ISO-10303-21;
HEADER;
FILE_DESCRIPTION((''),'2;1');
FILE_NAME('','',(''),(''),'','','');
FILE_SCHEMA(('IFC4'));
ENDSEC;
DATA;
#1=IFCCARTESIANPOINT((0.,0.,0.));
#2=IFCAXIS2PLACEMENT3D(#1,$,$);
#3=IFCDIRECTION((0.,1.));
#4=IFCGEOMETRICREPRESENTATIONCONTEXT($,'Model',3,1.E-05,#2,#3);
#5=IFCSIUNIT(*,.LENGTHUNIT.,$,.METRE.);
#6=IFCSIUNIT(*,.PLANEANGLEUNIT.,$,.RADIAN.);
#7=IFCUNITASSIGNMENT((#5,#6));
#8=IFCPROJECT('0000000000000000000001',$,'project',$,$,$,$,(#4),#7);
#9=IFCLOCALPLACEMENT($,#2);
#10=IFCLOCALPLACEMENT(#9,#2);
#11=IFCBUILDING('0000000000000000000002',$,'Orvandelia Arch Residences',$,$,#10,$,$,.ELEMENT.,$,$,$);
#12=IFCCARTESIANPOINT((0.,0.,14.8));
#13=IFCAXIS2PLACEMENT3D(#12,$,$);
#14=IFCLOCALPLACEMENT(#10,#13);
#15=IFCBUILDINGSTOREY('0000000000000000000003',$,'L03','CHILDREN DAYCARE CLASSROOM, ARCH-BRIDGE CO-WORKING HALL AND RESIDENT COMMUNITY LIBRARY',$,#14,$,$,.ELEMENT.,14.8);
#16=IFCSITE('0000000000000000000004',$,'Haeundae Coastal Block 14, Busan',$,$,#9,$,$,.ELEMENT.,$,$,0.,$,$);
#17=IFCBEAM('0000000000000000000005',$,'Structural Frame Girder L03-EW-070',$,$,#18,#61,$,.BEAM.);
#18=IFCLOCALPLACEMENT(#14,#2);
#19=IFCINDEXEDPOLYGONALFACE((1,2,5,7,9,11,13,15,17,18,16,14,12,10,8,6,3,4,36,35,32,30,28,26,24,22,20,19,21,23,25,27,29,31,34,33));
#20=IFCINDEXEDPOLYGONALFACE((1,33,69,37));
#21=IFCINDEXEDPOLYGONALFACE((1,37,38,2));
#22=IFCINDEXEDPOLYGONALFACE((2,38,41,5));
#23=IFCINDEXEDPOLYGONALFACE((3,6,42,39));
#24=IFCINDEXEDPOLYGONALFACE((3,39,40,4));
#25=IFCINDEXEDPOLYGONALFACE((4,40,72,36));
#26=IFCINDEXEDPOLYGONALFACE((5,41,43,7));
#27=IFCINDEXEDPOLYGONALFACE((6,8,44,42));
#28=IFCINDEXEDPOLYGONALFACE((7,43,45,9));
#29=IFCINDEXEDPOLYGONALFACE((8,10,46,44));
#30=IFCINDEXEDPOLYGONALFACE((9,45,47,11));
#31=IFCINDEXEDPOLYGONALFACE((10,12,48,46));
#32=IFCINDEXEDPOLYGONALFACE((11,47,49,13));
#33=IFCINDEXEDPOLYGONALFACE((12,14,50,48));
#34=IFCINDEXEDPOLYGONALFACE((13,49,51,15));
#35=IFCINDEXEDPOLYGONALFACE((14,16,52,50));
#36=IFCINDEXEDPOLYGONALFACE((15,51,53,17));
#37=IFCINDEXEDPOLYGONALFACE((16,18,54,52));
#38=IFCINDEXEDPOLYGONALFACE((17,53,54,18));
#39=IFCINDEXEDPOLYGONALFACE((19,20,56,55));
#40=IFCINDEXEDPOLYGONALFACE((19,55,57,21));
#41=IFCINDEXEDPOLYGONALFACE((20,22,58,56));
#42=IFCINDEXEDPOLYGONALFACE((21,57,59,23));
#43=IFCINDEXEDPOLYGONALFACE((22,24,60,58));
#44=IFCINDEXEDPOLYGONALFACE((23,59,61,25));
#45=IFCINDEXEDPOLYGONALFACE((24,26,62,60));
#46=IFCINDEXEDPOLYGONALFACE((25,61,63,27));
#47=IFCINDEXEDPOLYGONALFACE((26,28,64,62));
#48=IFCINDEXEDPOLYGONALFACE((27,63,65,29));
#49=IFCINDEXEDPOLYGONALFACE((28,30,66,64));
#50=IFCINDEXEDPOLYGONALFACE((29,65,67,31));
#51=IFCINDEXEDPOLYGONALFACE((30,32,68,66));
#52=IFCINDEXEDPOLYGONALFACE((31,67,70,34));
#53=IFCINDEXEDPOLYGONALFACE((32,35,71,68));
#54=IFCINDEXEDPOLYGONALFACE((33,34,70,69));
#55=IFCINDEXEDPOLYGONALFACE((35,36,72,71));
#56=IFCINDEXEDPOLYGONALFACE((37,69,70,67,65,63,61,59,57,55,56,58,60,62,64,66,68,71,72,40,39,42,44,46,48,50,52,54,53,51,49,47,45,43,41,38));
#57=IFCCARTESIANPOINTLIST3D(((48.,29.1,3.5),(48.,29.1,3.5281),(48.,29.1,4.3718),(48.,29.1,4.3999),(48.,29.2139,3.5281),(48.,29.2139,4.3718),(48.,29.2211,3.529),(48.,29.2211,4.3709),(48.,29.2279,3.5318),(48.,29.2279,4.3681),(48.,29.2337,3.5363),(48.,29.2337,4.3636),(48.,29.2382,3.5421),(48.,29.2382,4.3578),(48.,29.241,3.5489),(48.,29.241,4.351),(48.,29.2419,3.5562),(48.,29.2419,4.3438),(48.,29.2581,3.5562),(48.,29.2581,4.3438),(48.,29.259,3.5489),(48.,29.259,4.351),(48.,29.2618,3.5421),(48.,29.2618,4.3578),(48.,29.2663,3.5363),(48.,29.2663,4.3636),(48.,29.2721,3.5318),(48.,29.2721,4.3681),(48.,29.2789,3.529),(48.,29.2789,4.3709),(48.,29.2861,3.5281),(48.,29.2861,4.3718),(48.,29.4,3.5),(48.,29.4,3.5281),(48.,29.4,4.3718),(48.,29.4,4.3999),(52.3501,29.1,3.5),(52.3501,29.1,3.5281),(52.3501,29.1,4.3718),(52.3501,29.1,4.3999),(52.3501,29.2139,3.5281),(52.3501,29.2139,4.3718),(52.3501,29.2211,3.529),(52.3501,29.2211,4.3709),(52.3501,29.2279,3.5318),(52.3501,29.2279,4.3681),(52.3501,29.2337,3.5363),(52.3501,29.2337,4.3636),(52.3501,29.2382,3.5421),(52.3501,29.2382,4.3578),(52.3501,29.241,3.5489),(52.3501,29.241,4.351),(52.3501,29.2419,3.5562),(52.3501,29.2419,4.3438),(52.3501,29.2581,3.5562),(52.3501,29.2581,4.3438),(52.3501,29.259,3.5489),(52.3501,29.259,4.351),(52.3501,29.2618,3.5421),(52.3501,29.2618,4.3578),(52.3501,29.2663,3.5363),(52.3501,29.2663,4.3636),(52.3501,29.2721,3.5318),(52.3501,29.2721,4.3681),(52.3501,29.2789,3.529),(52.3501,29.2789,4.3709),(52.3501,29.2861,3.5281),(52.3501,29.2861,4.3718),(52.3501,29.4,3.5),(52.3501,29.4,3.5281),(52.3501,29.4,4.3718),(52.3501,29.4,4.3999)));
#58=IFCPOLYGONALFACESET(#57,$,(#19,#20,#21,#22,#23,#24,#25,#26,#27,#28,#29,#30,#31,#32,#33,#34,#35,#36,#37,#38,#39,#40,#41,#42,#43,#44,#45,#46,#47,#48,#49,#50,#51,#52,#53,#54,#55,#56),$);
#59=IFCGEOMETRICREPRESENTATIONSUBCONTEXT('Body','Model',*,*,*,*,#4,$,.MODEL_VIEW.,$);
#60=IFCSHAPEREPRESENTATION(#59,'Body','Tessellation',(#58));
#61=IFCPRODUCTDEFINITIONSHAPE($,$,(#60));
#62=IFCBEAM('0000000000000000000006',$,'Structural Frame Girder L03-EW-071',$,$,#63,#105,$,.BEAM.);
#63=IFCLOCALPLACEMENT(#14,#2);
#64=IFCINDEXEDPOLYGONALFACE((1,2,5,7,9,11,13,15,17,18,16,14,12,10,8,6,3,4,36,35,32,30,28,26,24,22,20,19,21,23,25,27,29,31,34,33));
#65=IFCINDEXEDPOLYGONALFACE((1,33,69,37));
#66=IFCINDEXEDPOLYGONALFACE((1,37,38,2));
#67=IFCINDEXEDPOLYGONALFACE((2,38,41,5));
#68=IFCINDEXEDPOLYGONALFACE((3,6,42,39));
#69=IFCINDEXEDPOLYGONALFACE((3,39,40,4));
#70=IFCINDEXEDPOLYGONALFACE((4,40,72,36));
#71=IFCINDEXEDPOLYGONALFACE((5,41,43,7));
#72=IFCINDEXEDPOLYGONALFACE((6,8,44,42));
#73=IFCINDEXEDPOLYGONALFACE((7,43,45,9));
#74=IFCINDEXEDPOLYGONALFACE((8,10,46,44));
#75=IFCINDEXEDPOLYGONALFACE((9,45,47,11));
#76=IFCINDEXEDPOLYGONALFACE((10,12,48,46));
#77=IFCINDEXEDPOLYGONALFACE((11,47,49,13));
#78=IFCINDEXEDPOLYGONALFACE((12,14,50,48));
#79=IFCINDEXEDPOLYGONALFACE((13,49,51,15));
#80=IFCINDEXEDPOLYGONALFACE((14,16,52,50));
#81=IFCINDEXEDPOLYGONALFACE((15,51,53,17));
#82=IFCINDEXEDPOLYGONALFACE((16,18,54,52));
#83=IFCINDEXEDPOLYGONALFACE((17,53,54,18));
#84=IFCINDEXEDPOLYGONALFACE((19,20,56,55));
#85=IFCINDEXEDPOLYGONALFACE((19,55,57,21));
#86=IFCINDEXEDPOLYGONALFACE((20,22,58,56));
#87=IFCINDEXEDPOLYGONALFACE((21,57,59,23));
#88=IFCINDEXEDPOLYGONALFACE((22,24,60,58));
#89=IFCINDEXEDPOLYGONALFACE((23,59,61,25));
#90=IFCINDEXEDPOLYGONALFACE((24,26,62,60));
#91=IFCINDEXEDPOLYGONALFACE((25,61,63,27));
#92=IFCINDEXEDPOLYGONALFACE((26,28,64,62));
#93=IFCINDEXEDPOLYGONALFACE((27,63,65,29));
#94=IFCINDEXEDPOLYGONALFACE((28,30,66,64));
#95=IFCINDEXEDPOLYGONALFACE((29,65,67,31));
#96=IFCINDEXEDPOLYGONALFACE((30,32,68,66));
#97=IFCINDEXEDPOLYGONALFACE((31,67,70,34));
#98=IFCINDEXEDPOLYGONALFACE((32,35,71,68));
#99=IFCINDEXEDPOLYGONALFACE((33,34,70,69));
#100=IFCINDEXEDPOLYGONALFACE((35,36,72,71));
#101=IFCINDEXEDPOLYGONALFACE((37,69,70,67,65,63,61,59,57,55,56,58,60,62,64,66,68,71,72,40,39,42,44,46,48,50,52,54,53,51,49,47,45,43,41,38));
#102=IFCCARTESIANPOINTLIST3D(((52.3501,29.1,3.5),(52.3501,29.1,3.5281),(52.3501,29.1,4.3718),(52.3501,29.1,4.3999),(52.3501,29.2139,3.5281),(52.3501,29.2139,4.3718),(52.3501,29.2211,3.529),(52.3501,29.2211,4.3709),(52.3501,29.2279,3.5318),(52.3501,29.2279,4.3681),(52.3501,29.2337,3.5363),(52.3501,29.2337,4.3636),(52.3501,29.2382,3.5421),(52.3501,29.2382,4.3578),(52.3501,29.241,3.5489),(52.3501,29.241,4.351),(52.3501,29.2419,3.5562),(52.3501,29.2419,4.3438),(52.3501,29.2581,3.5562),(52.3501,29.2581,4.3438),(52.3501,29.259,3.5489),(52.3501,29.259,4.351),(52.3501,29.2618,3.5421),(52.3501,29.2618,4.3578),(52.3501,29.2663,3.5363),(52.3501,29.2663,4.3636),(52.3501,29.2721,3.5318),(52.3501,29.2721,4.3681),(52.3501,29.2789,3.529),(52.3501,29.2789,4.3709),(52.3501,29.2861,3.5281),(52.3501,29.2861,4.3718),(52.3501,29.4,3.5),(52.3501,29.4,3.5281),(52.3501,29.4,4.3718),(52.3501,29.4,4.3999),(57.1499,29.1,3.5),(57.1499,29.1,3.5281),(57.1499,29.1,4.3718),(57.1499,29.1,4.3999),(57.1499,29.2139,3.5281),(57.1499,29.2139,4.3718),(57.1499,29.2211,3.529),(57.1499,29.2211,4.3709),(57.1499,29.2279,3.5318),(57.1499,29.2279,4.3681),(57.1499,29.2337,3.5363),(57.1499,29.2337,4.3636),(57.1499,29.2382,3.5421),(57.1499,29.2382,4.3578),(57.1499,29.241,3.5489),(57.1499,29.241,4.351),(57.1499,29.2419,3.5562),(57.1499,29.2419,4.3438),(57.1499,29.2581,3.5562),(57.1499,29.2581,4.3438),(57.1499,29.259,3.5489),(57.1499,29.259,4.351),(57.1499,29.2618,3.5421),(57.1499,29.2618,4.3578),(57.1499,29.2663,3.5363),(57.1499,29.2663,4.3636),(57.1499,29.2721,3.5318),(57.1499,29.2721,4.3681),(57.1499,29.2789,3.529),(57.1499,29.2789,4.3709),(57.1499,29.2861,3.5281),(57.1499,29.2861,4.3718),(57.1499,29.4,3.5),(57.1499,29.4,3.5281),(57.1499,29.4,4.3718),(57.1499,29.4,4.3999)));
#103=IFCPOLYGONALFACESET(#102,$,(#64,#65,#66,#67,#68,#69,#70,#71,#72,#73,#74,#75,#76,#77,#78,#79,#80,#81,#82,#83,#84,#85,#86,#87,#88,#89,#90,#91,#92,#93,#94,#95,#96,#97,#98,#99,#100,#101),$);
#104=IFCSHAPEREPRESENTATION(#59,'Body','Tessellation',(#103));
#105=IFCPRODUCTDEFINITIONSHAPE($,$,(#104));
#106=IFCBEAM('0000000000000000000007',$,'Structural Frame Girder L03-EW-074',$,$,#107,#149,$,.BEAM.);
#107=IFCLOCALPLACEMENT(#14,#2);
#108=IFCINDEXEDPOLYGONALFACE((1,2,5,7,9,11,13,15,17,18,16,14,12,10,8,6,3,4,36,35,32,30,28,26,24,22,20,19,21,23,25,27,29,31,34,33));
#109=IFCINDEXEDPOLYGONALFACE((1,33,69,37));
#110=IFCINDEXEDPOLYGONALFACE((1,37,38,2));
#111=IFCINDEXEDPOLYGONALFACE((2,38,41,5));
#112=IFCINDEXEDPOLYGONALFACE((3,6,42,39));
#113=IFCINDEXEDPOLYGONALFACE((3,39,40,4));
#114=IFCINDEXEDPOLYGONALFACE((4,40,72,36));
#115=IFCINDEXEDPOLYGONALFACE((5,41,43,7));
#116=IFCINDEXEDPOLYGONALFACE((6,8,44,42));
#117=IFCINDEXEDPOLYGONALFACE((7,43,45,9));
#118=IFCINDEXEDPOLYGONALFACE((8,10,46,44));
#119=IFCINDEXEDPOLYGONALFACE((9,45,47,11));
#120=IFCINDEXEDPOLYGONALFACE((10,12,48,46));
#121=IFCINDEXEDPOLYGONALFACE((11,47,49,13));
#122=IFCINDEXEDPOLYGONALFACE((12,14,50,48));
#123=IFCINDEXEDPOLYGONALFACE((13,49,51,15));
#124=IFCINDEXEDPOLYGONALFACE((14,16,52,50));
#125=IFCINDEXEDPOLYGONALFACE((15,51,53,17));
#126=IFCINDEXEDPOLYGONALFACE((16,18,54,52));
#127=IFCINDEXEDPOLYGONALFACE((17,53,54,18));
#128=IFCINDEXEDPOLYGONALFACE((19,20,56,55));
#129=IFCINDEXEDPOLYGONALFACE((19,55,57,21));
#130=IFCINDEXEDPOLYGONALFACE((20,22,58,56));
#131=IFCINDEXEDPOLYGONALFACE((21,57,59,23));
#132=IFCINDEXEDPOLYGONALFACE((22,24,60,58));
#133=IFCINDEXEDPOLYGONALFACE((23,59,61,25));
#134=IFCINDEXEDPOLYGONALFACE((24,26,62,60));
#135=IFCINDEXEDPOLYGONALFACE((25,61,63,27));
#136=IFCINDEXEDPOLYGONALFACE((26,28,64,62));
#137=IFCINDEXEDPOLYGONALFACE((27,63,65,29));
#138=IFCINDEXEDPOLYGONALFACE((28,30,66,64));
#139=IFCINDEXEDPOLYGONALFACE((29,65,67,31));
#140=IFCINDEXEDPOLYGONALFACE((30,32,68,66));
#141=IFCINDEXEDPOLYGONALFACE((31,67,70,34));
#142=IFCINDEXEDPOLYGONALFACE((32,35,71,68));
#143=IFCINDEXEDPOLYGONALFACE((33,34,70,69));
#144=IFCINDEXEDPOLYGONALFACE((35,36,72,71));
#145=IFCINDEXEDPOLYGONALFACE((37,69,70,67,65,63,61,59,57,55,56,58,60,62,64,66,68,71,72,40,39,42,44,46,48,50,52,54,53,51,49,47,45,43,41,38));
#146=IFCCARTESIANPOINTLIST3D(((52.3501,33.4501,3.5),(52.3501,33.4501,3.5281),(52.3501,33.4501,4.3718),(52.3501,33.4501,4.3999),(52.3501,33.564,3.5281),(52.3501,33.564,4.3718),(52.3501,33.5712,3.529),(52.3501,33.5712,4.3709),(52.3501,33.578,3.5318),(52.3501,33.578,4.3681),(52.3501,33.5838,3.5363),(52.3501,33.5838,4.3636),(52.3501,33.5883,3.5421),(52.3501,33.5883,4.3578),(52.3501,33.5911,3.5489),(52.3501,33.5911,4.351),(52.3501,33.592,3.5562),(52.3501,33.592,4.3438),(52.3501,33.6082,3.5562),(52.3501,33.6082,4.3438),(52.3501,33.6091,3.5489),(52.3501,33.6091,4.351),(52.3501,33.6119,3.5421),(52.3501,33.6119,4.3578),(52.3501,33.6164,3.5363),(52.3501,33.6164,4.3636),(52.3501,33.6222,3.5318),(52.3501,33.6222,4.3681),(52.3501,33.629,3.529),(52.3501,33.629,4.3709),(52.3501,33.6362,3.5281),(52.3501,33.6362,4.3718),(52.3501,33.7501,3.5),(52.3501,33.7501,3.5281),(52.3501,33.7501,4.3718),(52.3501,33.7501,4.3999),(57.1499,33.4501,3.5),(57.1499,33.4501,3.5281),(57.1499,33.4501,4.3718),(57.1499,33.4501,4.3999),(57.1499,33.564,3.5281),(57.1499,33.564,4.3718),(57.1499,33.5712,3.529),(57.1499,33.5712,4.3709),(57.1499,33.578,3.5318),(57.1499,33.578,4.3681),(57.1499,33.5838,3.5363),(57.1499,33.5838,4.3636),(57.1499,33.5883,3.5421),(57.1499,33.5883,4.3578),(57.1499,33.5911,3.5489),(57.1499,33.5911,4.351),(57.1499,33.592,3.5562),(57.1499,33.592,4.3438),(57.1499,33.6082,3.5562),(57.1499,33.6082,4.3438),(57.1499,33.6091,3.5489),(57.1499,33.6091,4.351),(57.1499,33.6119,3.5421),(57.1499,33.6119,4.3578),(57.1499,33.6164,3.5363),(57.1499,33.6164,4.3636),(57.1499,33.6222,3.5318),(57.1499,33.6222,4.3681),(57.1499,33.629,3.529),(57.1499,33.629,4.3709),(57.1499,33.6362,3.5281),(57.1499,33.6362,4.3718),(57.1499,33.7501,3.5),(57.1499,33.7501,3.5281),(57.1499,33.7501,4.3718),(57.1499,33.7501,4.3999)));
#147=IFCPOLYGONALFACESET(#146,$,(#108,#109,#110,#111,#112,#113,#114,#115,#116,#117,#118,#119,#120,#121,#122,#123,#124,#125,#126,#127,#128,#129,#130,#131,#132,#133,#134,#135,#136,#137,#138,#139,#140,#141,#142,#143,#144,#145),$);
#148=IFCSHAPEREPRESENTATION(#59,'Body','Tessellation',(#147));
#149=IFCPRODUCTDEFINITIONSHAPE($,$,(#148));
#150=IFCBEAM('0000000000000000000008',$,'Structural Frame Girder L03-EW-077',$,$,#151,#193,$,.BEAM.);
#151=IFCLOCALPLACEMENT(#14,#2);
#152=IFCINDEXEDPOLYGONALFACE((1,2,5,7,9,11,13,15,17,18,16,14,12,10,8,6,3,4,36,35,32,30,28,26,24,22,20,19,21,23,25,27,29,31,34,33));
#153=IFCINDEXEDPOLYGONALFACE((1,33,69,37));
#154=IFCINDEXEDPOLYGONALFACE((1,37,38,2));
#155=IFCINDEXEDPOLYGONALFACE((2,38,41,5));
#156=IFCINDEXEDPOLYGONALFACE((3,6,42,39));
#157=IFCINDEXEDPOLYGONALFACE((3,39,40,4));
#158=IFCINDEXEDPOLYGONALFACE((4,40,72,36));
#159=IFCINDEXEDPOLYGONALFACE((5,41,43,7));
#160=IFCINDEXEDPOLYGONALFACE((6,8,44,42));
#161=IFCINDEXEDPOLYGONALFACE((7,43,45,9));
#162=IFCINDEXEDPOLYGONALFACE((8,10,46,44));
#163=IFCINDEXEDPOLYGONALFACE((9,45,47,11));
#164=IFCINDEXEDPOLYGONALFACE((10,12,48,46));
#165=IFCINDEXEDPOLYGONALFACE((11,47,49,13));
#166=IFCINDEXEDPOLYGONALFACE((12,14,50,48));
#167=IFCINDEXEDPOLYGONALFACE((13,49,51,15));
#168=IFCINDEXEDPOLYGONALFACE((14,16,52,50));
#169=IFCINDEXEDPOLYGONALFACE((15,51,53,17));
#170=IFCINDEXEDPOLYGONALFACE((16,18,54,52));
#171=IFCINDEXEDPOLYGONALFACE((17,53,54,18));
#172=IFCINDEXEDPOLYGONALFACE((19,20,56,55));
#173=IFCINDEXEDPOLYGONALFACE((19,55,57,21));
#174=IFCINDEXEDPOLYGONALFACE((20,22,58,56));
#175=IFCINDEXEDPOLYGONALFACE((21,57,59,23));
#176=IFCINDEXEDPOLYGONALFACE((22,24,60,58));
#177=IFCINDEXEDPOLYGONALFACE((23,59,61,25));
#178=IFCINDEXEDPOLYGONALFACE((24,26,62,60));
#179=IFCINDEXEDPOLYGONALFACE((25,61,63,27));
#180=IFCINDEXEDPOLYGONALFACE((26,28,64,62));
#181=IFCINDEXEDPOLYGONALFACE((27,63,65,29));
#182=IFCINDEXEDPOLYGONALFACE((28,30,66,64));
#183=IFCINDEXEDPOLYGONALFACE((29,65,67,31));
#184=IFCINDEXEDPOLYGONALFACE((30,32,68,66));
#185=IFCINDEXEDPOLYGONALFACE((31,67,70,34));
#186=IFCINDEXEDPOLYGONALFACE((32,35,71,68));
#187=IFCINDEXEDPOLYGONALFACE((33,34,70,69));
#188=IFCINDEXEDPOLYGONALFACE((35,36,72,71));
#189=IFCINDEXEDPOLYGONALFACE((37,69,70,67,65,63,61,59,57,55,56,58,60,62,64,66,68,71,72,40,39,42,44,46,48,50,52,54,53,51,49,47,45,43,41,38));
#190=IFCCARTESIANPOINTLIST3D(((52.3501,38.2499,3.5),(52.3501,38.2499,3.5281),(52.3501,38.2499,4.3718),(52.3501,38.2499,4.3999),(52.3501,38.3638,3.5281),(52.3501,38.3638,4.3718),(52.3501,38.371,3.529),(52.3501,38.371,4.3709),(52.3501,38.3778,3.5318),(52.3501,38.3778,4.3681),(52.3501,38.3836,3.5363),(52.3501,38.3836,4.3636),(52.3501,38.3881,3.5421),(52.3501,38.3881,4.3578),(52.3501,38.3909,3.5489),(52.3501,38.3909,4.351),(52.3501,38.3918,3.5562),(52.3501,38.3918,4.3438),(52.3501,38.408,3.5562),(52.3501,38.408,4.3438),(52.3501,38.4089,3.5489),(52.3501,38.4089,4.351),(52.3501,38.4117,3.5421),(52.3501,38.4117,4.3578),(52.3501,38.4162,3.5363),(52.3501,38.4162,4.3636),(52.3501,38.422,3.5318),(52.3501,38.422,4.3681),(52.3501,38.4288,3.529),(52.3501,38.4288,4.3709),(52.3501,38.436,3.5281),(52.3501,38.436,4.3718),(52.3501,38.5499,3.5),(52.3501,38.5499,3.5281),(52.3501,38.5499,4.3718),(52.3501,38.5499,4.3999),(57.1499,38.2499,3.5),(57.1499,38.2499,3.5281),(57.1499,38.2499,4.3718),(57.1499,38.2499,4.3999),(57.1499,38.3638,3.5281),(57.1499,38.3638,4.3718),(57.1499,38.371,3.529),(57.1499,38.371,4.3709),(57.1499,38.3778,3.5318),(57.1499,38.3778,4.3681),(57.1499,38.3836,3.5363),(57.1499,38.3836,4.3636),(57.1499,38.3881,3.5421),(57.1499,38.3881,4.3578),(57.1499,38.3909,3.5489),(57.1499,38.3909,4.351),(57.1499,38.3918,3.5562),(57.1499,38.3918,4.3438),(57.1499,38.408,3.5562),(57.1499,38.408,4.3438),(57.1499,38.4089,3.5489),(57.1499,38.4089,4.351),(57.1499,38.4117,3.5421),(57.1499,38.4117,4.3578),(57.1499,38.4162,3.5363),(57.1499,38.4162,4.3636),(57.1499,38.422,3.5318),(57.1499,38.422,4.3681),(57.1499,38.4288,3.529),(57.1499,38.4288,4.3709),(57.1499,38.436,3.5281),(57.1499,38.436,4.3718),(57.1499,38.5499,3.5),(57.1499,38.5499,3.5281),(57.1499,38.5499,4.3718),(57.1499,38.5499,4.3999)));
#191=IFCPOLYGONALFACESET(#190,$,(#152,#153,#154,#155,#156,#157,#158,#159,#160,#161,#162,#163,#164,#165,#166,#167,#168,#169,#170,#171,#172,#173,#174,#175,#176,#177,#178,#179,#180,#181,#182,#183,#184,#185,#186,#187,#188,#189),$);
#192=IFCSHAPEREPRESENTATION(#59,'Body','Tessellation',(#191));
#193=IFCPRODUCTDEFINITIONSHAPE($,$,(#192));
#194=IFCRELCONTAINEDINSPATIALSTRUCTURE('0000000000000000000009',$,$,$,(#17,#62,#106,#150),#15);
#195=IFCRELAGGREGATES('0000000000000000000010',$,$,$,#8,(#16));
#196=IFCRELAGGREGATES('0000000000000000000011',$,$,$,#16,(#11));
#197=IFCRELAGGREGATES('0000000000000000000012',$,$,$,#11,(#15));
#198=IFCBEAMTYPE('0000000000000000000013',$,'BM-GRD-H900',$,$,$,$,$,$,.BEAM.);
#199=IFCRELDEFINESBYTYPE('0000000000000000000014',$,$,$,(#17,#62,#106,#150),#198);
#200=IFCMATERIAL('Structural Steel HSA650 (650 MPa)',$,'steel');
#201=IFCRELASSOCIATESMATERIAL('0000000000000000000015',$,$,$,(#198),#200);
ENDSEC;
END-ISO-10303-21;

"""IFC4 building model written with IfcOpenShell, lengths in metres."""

from ifc_helpers import new_model, si_unit, direction, frame, origin, origin_2d, place, context, subcontext, project, spatial, i_section, extrude, material, material_profile, profile_set, type_object, element, save


model = new_model("IFC4")

# Units and contexts
model_context = context("Model", 3, precision=1e-05, world=origin(), true_north=direction((0.0, 1.0)))
body_context = subcontext(model_context, "Body", "Model", "MODEL_VIEW")
ifc_project = project(units=[si_unit("LENGTHUNIT", "METRE"), si_unit("PLANEANGLEUNIT", "RADIAN")], contexts=[model_context])

# Site, building, storey
site_placement = place(None, origin())
site = spatial("IfcSite", under=ifc_project, at=site_placement, Name="Haeundae Coastal Block 14, Busan", CompositionType="ELEMENT", RefElevation=0.0)
building_placement = place(site_placement, origin())
building = spatial("IfcBuilding", under=site, at=building_placement, Name="Orvandelia Arch Residences", CompositionType="ELEMENT")
storey_placement = place(building_placement, frame((0.0, 0.0, 14.8)))
storey = spatial("IfcBuildingStorey", under=building, at=storey_placement, Name="L03", Description="CHILDREN DAYCARE CLASSROOM, ARCH-BRIDGE CO-WORKING HALL AND RESIDENT COMMUNITY LIBRARY", CompositionType="ELEMENT", Elevation=14.8)

# Beams
ifc_material_1 = material(Name="Structural Steel HSA650 (650 MPa)", Category="steel")
ifc_material_profile_1 = material_profile(ifc_material_1, i_section(OverallWidth=0.3, OverallDepth=0.8999, WebThickness=0.0161, FlangeThickness=0.0281, FilletRadius=0.0281, at=origin_2d()), Name="Structural Steel HSA650 (650 MPa)", Category="steel")
ifc_profile_set_1 = profile_set([ifc_material_profile_1], Name="Structural Steel HSA650 (650 MPa)")
beam_type = type_object("IfcBeamType", Name="BM-GRD-H900", PredefinedType="BEAM", material=ifc_profile_set_1)
for number, where, z_axis, x_axis, name in (
    (1, (48.0, 29.25, 3.95), (1.0, 0.0, 0.0), (0.0, 1.0, 0.0), "Structural Frame Girder L03-EW-070"),
):
    element("IfcBeam", number, at=place(storey_placement, frame(where, z_axis=z_axis, x_axis=x_axis)), inside=storey, type_object=beam_type, Name=name, PredefinedType="BEAM", context=body_context, shape_type="SweptSolid", body=[
        extrude(i_section(OverallWidth=0.3, OverallDepth=0.8999, WebThickness=0.0161, FlangeThickness=0.0281, FilletRadius=0.0281, at=origin_2d()), origin(), (0.0, 0.0, 1.0), 4.3501),
    ])
for number, where, z_axis, x_axis, name in (
    (2, (52.3501, 29.25, 3.95), (1.0, 0.0, 0.0), (0.0, 1.0, 0.0), "Structural Frame Girder L03-EW-071"),
    (3, (52.3501, 33.6001, 3.95), (1.0, 0.0, 0.0), (0.0, 1.0, 0.0), "Structural Frame Girder L03-EW-074"),
    (4, (52.3501, 38.3999, 3.95), (1.0, 0.0, 0.0), (0.0, 1.0, 0.0), "Structural Frame Girder L03-EW-077"),
):
    element("IfcBeam", number, at=place(storey_placement, frame(where, z_axis=z_axis, x_axis=x_axis)), inside=storey, type_object=beam_type, Name=name, PredefinedType="BEAM", context=body_context, shape_type="SweptSolid", body=[
        extrude(i_section(OverallWidth=0.3, OverallDepth=0.8999, WebThickness=0.0161, FlangeThickness=0.0281, FilletRadius=0.0281, at=origin_2d()), origin(), (0.0, 0.0, 1.0), 4.7998),
    ])

save(model, "model.ifc")
